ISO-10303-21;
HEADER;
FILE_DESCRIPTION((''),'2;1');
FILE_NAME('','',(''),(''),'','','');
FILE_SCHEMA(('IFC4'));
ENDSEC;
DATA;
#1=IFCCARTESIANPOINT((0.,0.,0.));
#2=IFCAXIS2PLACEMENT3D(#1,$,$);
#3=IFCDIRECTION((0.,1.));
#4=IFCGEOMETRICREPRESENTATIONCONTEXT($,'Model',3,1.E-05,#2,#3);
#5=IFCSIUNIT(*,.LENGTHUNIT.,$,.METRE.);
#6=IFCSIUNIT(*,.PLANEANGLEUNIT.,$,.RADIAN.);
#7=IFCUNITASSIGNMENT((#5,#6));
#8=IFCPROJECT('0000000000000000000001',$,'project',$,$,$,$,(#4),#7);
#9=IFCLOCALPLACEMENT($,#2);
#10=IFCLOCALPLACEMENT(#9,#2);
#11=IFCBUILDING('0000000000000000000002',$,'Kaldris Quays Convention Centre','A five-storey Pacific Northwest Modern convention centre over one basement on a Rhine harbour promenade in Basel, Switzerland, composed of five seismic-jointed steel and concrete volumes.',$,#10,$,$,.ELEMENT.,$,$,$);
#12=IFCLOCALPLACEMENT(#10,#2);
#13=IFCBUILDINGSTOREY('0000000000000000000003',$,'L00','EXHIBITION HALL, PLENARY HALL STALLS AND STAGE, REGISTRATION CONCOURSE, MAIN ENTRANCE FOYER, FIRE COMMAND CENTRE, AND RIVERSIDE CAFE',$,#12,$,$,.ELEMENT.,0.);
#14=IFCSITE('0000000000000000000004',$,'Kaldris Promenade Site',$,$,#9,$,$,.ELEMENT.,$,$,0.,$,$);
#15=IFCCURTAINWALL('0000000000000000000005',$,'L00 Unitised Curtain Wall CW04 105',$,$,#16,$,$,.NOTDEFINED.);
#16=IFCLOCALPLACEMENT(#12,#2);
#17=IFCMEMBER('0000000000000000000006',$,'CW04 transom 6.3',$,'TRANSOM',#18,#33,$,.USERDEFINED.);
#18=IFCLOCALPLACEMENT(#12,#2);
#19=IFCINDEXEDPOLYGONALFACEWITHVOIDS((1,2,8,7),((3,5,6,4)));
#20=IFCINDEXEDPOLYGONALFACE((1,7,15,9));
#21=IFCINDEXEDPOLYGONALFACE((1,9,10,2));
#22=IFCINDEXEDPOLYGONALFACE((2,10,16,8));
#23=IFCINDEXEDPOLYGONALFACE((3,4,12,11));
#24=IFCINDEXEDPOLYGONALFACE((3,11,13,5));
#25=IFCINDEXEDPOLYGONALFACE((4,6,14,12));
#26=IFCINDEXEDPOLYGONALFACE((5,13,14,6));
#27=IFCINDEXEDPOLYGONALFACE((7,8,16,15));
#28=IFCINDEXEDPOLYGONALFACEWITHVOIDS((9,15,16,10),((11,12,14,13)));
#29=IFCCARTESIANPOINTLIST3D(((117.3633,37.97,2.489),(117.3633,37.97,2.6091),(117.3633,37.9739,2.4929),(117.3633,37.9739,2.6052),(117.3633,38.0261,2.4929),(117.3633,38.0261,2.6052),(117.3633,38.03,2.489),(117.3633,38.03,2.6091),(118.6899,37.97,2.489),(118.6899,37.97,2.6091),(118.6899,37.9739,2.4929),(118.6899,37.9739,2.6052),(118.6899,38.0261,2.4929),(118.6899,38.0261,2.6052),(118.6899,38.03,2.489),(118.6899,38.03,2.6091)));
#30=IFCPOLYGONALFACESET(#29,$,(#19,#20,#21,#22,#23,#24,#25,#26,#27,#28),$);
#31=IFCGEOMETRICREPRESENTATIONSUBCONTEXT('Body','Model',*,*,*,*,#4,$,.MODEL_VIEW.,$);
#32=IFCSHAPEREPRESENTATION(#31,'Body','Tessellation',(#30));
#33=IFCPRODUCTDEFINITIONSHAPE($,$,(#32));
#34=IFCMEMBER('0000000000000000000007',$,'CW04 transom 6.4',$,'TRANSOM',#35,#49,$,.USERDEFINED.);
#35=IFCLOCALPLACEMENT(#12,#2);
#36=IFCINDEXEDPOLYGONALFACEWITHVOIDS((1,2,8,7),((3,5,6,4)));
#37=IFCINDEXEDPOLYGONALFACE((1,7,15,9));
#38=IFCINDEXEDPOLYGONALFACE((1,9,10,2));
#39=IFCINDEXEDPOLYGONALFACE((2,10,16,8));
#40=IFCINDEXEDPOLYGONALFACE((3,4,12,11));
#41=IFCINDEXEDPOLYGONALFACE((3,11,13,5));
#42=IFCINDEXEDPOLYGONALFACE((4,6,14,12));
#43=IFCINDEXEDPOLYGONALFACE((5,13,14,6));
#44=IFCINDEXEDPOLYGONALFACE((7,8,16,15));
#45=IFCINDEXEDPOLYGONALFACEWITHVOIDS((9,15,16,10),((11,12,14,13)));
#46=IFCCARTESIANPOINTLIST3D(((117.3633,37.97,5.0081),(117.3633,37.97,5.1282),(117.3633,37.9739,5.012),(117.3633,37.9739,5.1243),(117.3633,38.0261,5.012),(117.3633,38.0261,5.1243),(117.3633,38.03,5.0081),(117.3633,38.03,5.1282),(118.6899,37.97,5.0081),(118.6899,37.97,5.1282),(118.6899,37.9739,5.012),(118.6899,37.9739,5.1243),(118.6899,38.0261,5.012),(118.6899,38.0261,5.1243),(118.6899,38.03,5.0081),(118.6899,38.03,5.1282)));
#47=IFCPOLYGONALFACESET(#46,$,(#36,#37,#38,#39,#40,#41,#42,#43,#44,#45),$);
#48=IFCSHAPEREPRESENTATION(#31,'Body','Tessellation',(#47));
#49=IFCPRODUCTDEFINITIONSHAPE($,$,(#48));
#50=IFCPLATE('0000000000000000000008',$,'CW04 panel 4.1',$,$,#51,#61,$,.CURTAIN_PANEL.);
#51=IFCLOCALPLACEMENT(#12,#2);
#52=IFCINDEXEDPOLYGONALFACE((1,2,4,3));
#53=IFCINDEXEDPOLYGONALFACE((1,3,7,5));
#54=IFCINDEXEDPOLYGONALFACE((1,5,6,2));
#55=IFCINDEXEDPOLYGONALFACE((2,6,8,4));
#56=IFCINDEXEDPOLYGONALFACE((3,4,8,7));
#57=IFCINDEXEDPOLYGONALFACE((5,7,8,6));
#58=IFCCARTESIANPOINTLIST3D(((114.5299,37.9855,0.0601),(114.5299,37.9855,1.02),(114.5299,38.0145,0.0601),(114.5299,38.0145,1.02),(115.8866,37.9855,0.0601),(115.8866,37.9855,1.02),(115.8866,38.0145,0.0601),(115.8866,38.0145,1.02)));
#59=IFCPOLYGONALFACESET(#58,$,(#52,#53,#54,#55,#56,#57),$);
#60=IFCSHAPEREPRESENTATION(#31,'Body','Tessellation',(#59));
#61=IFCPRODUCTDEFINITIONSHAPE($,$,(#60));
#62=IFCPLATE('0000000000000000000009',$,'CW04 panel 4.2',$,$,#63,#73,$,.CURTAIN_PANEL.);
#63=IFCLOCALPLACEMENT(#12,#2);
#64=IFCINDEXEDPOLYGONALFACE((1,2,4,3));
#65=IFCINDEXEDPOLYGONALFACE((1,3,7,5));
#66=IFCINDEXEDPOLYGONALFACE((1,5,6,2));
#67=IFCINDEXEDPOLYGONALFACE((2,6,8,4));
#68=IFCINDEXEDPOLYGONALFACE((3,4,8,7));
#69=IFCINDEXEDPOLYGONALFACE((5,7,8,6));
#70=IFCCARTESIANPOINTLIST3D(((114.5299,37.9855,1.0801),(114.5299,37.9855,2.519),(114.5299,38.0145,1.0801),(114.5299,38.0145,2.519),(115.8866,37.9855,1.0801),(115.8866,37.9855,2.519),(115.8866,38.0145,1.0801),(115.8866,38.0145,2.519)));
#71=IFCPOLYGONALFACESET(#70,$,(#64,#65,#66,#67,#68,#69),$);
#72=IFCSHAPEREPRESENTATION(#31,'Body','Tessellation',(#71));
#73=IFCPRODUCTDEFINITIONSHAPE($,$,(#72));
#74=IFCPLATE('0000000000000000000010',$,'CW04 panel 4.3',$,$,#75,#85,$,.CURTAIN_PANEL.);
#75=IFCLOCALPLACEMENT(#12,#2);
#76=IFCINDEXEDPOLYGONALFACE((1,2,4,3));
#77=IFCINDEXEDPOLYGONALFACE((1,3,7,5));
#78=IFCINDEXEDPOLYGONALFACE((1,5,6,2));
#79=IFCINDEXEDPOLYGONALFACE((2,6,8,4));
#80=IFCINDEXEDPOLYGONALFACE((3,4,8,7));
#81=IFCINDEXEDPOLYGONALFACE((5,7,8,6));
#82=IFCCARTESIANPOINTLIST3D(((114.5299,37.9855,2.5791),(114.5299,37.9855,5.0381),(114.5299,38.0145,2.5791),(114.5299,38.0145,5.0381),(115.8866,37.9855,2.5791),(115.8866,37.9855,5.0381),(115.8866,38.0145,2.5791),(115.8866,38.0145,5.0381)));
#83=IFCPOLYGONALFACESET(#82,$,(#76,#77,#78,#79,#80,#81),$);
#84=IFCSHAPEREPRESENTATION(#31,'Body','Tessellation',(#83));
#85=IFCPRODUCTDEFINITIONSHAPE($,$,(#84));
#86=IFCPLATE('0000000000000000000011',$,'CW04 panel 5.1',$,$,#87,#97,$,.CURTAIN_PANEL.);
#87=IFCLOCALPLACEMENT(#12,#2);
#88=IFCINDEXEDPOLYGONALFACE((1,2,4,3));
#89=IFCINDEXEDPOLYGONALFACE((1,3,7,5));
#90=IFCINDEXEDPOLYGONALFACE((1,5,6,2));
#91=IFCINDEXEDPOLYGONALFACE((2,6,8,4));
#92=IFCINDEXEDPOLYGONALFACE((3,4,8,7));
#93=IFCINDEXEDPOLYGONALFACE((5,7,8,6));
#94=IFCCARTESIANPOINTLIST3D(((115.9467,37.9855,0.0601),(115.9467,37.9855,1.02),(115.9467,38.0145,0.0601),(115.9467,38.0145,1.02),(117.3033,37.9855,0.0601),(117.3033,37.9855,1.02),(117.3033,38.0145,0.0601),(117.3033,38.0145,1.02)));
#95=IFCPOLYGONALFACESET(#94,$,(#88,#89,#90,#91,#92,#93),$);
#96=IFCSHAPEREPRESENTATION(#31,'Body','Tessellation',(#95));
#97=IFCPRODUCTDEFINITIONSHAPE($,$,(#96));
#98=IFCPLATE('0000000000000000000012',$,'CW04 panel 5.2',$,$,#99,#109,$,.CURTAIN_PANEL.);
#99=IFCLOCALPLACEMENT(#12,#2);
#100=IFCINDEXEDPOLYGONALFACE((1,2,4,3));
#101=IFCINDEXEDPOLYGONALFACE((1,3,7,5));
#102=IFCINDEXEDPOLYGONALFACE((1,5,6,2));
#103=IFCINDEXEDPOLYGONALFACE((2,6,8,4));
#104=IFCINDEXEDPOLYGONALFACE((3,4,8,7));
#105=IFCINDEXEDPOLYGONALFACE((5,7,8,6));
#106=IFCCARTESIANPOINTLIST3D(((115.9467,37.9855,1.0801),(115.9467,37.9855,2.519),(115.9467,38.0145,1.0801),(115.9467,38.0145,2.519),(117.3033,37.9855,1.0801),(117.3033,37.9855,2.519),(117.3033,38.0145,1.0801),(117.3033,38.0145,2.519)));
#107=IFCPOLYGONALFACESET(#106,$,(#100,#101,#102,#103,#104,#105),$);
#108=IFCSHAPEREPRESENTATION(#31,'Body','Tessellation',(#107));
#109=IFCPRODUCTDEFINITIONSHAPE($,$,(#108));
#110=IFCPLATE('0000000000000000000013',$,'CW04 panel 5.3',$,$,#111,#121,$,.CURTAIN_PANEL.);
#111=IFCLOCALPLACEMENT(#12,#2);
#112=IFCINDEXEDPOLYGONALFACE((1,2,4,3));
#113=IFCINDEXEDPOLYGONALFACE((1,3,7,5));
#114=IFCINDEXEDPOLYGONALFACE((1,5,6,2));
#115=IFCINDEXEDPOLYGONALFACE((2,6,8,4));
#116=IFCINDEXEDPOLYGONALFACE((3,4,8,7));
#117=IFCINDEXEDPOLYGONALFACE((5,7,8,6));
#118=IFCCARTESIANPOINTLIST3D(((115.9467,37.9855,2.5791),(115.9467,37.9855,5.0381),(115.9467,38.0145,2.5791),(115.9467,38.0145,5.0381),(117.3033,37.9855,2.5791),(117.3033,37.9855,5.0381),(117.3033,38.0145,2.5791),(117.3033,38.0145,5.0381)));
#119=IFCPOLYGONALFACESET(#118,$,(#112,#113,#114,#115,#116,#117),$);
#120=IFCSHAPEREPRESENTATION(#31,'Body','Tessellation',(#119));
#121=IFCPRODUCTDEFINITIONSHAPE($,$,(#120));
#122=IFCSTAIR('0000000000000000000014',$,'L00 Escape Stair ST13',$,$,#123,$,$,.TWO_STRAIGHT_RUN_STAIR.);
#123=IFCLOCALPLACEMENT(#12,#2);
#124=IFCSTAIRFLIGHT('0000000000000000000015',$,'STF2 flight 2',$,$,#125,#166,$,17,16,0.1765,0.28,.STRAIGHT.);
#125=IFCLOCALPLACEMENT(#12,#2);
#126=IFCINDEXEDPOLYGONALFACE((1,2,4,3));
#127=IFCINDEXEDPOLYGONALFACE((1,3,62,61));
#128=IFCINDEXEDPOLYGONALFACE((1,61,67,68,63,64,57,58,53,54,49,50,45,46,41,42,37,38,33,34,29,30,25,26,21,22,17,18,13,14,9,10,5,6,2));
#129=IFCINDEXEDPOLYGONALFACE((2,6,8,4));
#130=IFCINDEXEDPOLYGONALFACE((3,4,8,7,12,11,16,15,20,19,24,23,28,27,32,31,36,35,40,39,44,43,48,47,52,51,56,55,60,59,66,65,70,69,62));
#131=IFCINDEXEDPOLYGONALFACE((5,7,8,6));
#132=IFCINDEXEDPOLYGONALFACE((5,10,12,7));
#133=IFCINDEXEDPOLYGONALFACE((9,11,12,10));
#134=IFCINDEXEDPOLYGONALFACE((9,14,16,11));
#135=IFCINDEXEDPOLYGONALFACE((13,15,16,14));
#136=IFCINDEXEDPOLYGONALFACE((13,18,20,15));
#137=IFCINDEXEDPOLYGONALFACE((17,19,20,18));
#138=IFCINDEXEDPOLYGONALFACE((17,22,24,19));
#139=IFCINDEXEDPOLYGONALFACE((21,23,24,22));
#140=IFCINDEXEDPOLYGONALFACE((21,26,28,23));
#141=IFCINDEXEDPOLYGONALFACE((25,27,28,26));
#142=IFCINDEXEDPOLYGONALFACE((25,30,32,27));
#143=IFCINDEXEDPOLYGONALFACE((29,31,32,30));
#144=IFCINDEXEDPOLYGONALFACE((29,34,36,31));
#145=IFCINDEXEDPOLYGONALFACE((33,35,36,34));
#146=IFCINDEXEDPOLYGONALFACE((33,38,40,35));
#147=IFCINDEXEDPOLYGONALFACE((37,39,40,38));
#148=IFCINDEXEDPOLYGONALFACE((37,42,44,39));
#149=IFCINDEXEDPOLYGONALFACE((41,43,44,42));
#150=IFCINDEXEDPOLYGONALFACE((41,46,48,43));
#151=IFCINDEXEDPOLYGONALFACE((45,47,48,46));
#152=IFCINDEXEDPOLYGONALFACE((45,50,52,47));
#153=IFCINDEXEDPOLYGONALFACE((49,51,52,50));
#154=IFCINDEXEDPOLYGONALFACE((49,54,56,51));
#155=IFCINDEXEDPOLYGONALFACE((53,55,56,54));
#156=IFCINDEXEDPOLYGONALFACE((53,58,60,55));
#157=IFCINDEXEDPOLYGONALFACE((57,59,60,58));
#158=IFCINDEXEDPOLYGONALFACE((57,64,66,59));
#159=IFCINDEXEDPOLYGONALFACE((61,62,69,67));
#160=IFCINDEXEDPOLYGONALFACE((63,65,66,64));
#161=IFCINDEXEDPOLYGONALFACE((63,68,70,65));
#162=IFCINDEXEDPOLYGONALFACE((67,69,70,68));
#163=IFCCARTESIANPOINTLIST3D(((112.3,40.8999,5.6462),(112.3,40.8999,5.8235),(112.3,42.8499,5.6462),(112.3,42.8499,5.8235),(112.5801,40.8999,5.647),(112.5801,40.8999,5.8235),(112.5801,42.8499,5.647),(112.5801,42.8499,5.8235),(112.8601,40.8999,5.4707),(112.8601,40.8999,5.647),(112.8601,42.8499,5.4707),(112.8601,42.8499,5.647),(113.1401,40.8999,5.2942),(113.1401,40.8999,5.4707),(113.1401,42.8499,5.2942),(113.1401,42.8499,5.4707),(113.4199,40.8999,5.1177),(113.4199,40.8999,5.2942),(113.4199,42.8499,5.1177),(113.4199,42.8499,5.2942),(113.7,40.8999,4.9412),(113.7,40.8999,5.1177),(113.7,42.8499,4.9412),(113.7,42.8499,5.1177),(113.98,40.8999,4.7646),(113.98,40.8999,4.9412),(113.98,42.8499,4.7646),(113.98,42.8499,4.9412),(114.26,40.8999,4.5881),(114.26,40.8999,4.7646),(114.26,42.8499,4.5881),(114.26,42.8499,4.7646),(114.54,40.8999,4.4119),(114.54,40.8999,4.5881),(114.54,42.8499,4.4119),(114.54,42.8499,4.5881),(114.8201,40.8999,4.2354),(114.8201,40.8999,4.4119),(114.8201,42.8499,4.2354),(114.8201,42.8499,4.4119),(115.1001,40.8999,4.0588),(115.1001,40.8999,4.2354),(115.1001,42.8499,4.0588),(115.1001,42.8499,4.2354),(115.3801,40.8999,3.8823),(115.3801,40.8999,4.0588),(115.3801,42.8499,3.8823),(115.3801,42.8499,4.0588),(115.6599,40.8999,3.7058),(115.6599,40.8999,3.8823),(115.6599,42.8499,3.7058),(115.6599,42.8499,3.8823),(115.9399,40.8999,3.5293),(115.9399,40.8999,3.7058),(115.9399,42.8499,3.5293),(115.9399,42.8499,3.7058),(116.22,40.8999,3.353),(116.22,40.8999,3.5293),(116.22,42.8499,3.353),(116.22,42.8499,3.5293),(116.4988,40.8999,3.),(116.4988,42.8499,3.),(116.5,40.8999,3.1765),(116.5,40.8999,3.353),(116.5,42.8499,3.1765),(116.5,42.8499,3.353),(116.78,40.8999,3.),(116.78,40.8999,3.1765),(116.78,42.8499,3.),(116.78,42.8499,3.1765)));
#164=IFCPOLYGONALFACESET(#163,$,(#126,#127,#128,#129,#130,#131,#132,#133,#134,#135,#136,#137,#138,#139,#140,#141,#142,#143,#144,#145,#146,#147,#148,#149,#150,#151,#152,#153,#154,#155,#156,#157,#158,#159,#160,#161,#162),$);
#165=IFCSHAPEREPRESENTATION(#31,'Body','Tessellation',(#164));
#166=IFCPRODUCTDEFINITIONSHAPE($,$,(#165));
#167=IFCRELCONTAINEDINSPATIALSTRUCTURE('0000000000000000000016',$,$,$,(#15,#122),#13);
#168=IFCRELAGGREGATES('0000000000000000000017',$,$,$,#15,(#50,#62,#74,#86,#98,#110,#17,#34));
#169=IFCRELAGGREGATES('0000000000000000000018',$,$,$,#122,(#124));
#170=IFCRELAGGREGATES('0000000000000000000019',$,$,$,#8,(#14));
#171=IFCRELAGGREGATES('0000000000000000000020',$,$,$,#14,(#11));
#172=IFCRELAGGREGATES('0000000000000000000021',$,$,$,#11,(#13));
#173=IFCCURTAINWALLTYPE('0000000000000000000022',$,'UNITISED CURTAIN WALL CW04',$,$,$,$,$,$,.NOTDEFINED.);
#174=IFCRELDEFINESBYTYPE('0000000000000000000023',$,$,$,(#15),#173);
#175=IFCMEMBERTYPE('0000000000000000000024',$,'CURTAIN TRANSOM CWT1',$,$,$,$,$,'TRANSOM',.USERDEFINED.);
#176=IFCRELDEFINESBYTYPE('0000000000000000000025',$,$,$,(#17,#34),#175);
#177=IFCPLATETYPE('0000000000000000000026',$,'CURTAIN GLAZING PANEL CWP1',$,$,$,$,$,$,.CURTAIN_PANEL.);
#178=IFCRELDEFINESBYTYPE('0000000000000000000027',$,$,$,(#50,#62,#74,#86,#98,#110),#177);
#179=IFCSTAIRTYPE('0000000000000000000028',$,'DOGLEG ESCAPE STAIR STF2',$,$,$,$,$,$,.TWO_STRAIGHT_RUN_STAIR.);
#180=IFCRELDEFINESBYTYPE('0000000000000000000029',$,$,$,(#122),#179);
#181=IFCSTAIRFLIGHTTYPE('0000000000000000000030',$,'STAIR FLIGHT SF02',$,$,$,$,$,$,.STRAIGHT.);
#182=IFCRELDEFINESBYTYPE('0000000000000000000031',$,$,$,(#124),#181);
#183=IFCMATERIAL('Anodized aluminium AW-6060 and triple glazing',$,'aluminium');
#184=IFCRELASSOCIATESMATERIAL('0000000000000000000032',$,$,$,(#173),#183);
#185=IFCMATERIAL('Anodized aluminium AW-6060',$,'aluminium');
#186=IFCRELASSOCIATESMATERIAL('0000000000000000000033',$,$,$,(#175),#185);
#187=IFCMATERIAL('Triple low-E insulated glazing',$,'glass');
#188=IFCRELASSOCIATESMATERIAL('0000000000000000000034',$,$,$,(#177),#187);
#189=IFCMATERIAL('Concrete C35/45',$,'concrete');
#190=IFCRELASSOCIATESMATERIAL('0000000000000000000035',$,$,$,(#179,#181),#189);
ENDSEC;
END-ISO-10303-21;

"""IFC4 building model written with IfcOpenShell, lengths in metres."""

from ifc_helpers import new_model, si_unit, direction, frame, origin, origin_2d, place, context, subcontext, project, spatial, polyline, rectangle, hollow_rectangle, outline, extrude, material, material_profile, profile_set, type_object, element, aggregate, save


model = new_model("IFC4")

# Units and contexts
model_context = context("Model", 3, precision=1e-05, world=origin(), true_north=direction((0.0, 1.0)))
body_context = subcontext(model_context, "Body", "Model", "MODEL_VIEW")
ifc_project = project(units=[si_unit("LENGTHUNIT", "METRE"), si_unit("PLANEANGLEUNIT", "RADIAN")], contexts=[model_context])

# Site, building, storey
site_placement = place(None, origin())
site = spatial("IfcSite", under=ifc_project, at=site_placement, Name="Kaldris Promenade Site", CompositionType="ELEMENT", RefElevation=0.0)
building_placement = place(site_placement, origin())
building = spatial("IfcBuilding", under=site, at=building_placement, Name="Kaldris Quays Convention Centre", Description="A five-storey Pacific Northwest Modern convention centre over one basement on a Rhine harbour promenade in Basel, Switzerland, composed of five seismic-jointed steel and concrete volumes.", CompositionType="ELEMENT")
storey_placement = place(building_placement, origin())
storey = spatial("IfcBuildingStorey", under=building, at=storey_placement, Name="L00", Description="EXHIBITION HALL, PLENARY HALL STALLS AND STAGE, REGISTRATION CONCOURSE, MAIN ENTRANCE FOYER, FIRE COMMAND CENTRE, AND RIVERSIDE CAFE", CompositionType="ELEMENT", Elevation=0.0)

# Curtain wall, members, plates
ifc_material_1 = material(Name="Anodized aluminium AW-6060 and triple glazing", Category="aluminium")
curtain_wall_type = type_object("IfcCurtainWallType", Name="UNITISED CURTAIN WALL CW04", PredefinedType="NOTDEFINED", material=ifc_material_1)
curtain_wall_placement = place(storey_placement, origin())
curtain_wall = element("IfcCurtainWall", 1, at=curtain_wall_placement, inside=storey, type_object=curtain_wall_type, Name="L00 Unitised Curtain Wall CW04 105", PredefinedType="NOTDEFINED")
ifc_material_2 = material(Name="Anodized aluminium AW-6060", Category="aluminium")
ifc_material_profile_1 = material_profile(ifc_material_2, hollow_rectangle(XDim=0.0601, YDim=0.1201, WallThickness=0.0039, at=origin_2d()), Name="RHS 120x60x4")
ifc_profile_set_1 = profile_set([ifc_material_profile_1], Name="Anodized aluminium AW-6060")
member_type_1 = type_object("IfcMemberType", Name="CURTAIN TRANSOM CWT1", ElementType="TRANSOM", PredefinedType="USERDEFINED", material=ifc_profile_set_1)
member_1_placement = place(storey_placement, frame((117.3633, 38.0, 2.5491), z_axis=(1.0, 0.0, 0.0), x_axis=(0.0, 1.0, 0.0)))
member_1 = element("IfcMember", 2, at=member_1_placement, type_object=member_type_1, Name="CW04 transom 6.3", ObjectType="TRANSOM", PredefinedType="USERDEFINED", context=body_context, shape_type="SweptSolid", body=[
    extrude(hollow_rectangle(XDim=0.0601, YDim=0.1201, WallThickness=0.0039, at=origin_2d()), origin(), (0.0, 0.0, 1.0), 1.3267),
])
member_2_placement = place(storey_placement, frame((117.3633, 38.0, 5.0681), z_axis=(1.0, 0.0, 0.0), x_axis=(0.0, 1.0, 0.0)))
member_2 = element("IfcMember", 3, at=member_2_placement, type_object=member_type_1, Name="CW04 transom 6.4", ObjectType="TRANSOM", PredefinedType="USERDEFINED", context=body_context, shape_type="SweptSolid", body=[
    extrude(hollow_rectangle(XDim=0.0601, YDim=0.1201, WallThickness=0.0039, at=origin_2d()), origin(), (0.0, 0.0, 1.0), 1.3267),
])
ifc_material_3 = material(Name="Triple low-E insulated glazing", Category="glass")
plate_type = type_object("IfcPlateType", Name="CURTAIN GLAZING PANEL CWP1", PredefinedType="CURTAIN_PANEL", material=ifc_material_3)
plate_1_placement = place(storey_placement, frame((115.2083, 38.0, 0.0601), z_axis=(0.0, 0.0, 1.0), x_axis=(1.0, 0.0, 0.0)))
plate_1 = element("IfcPlate", 4, at=plate_1_placement, type_object=plate_type, Name="CW04 panel 4.1", PredefinedType="CURTAIN_PANEL", context=body_context, shape_type="SweptSolid", body=[
    extrude(rectangle(XDim=1.3567, YDim=0.0291, at=origin_2d()), origin(), (0.0, 0.0, 1.0), 0.96),
])
plate_2_placement = place(storey_placement, frame((115.2083, 38.0, 1.0801), z_axis=(0.0, 0.0, 1.0), x_axis=(1.0, 0.0, 0.0)))
plate_2 = element("IfcPlate", 5, at=plate_2_placement, type_object=plate_type, Name="CW04 panel 4.2", PredefinedType="CURTAIN_PANEL", context=body_context, shape_type="SweptSolid", body=[
    extrude(rectangle(XDim=1.3567, YDim=0.0291, at=origin_2d()), origin(), (0.0, 0.0, 1.0), 1.439),
])
plate_3_placement = place(storey_placement, frame((115.2083, 38.0, 2.5791), z_axis=(0.0, 0.0, 1.0), x_axis=(1.0, 0.0, 0.0)))
plate_3 = element("IfcPlate", 6, at=plate_3_placement, type_object=plate_type, Name="CW04 panel 4.3", PredefinedType="CURTAIN_PANEL", context=body_context, shape_type="SweptSolid", body=[
    extrude(rectangle(XDim=1.3567, YDim=0.0291, at=origin_2d()), origin(), (0.0, 0.0, 1.0), 2.459),
])
plate_4_placement = place(storey_placement, frame((116.625, 38.0, 0.0601), z_axis=(0.0, 0.0, 1.0), x_axis=(1.0, 0.0, 0.0)))
plate_4 = element("IfcPlate", 7, at=plate_4_placement, type_object=plate_type, Name="CW04 panel 5.1", PredefinedType="CURTAIN_PANEL", context=body_context, shape_type="SweptSolid", body=[
    extrude(rectangle(XDim=1.3567, YDim=0.0291, at=origin_2d()), origin(), (0.0, 0.0, 1.0), 0.96),
])
plate_5_placement = place(storey_placement, frame((116.625, 38.0, 1.0801), z_axis=(0.0, 0.0, 1.0), x_axis=(1.0, 0.0, 0.0)))
plate_5 = element("IfcPlate", 8, at=plate_5_placement, type_object=plate_type, Name="CW04 panel 5.2", PredefinedType="CURTAIN_PANEL", context=body_context, shape_type="SweptSolid", body=[
    extrude(rectangle(XDim=1.3567, YDim=0.0291, at=origin_2d()), origin(), (0.0, 0.0, 1.0), 1.439),
])
plate_6_placement = place(storey_placement, frame((116.625, 38.0, 2.5791), z_axis=(0.0, 0.0, 1.0), x_axis=(1.0, 0.0, 0.0)))
plate_6 = element("IfcPlate", 9, at=plate_6_placement, type_object=plate_type, Name="CW04 panel 5.3", PredefinedType="CURTAIN_PANEL", context=body_context, shape_type="SweptSolid", body=[
    extrude(rectangle(XDim=1.3567, YDim=0.0291, at=origin_2d()), origin(), (0.0, 0.0, 1.0), 2.459),
])
aggregate(curtain_wall, [plate_1, plate_2, plate_3, plate_4, plate_5, plate_6, member_1, member_2])

# Stair, stair flight
ifc_material_4 = material(Name="Concrete C35/45", Category="concrete")
stair_type = type_object("IfcStairType", Name="DOGLEG ESCAPE STAIR STF2", PredefinedType="TWO_STRAIGHT_RUN_STAIR", material=ifc_material_4)
stair_placement = place(storey_placement, origin())
stair = element("IfcStair", 10, at=stair_placement, inside=storey, type_object=stair_type, Name="L00 Escape Stair ST13", PredefinedType="TWO_STRAIGHT_RUN_STAIR")
stair_flight_type = type_object("IfcStairFlightType", Name="STAIR FLIGHT SF02", PredefinedType="STRAIGHT", material=ifc_material_4)
stair_flight_placement = place(storey_placement, frame((116.78, 41.875, 3.0), z_axis=(0.0, 0.0, 1.0), x_axis=(-1.0, 0.0, 0.0)))
stair_flight = element("IfcStairFlight", 11, at=stair_flight_placement, type_object=stair_flight_type, Name="STF2 flight 2", NumberOfRisers=17, NumberOfTreads=16, PredefinedType="STRAIGHT", RiserHeight=0.1765, TreadLength=0.28, context=body_context, shape_type="SweptSolid", body=[
    extrude(outline(polyline([(0.0, 0.0), (0.0, 0.1765), (0.28, 0.1765), (0.28, 0.353), (0.5601, 0.353), (0.5601, 0.5293), (0.8401, 0.5293), (0.8401, 0.7058), (1.1201, 0.7058), (1.1201, 0.8823), (1.3999, 0.8823), (1.3999, 1.0588), (1.6799, 1.0588), (1.6799, 1.2354), (1.96, 1.2354), (1.96, 1.4119), (2.24, 1.4119), (2.24, 1.5881), (2.52, 1.5881), (2.52, 1.7646), (2.8, 1.7646), (2.8, 1.9412), (3.0801, 1.9412), (3.0801, 2.1177), (3.3601, 2.1177), (3.3601, 2.2942), (3.6399, 2.2942), (3.6399, 2.4707), (3.9199, 2.4707), (3.9199, 2.647), (4.2, 2.647), (4.2, 2.8235), (4.48, 2.8235), (4.48, 3.0), (4.48, 2.6462), (0.2812, 0.0), (0.0, 0.0)])), frame((0.0, 0.9751, 0.0), z_axis=(0.0, -1.0, 0.0), x_axis=(1.0, 0.0, 0.0)), (0.0, 0.0, 1.0), 1.95),
])
aggregate(stair, [stair_flight])

save(model, "model.ifc")
